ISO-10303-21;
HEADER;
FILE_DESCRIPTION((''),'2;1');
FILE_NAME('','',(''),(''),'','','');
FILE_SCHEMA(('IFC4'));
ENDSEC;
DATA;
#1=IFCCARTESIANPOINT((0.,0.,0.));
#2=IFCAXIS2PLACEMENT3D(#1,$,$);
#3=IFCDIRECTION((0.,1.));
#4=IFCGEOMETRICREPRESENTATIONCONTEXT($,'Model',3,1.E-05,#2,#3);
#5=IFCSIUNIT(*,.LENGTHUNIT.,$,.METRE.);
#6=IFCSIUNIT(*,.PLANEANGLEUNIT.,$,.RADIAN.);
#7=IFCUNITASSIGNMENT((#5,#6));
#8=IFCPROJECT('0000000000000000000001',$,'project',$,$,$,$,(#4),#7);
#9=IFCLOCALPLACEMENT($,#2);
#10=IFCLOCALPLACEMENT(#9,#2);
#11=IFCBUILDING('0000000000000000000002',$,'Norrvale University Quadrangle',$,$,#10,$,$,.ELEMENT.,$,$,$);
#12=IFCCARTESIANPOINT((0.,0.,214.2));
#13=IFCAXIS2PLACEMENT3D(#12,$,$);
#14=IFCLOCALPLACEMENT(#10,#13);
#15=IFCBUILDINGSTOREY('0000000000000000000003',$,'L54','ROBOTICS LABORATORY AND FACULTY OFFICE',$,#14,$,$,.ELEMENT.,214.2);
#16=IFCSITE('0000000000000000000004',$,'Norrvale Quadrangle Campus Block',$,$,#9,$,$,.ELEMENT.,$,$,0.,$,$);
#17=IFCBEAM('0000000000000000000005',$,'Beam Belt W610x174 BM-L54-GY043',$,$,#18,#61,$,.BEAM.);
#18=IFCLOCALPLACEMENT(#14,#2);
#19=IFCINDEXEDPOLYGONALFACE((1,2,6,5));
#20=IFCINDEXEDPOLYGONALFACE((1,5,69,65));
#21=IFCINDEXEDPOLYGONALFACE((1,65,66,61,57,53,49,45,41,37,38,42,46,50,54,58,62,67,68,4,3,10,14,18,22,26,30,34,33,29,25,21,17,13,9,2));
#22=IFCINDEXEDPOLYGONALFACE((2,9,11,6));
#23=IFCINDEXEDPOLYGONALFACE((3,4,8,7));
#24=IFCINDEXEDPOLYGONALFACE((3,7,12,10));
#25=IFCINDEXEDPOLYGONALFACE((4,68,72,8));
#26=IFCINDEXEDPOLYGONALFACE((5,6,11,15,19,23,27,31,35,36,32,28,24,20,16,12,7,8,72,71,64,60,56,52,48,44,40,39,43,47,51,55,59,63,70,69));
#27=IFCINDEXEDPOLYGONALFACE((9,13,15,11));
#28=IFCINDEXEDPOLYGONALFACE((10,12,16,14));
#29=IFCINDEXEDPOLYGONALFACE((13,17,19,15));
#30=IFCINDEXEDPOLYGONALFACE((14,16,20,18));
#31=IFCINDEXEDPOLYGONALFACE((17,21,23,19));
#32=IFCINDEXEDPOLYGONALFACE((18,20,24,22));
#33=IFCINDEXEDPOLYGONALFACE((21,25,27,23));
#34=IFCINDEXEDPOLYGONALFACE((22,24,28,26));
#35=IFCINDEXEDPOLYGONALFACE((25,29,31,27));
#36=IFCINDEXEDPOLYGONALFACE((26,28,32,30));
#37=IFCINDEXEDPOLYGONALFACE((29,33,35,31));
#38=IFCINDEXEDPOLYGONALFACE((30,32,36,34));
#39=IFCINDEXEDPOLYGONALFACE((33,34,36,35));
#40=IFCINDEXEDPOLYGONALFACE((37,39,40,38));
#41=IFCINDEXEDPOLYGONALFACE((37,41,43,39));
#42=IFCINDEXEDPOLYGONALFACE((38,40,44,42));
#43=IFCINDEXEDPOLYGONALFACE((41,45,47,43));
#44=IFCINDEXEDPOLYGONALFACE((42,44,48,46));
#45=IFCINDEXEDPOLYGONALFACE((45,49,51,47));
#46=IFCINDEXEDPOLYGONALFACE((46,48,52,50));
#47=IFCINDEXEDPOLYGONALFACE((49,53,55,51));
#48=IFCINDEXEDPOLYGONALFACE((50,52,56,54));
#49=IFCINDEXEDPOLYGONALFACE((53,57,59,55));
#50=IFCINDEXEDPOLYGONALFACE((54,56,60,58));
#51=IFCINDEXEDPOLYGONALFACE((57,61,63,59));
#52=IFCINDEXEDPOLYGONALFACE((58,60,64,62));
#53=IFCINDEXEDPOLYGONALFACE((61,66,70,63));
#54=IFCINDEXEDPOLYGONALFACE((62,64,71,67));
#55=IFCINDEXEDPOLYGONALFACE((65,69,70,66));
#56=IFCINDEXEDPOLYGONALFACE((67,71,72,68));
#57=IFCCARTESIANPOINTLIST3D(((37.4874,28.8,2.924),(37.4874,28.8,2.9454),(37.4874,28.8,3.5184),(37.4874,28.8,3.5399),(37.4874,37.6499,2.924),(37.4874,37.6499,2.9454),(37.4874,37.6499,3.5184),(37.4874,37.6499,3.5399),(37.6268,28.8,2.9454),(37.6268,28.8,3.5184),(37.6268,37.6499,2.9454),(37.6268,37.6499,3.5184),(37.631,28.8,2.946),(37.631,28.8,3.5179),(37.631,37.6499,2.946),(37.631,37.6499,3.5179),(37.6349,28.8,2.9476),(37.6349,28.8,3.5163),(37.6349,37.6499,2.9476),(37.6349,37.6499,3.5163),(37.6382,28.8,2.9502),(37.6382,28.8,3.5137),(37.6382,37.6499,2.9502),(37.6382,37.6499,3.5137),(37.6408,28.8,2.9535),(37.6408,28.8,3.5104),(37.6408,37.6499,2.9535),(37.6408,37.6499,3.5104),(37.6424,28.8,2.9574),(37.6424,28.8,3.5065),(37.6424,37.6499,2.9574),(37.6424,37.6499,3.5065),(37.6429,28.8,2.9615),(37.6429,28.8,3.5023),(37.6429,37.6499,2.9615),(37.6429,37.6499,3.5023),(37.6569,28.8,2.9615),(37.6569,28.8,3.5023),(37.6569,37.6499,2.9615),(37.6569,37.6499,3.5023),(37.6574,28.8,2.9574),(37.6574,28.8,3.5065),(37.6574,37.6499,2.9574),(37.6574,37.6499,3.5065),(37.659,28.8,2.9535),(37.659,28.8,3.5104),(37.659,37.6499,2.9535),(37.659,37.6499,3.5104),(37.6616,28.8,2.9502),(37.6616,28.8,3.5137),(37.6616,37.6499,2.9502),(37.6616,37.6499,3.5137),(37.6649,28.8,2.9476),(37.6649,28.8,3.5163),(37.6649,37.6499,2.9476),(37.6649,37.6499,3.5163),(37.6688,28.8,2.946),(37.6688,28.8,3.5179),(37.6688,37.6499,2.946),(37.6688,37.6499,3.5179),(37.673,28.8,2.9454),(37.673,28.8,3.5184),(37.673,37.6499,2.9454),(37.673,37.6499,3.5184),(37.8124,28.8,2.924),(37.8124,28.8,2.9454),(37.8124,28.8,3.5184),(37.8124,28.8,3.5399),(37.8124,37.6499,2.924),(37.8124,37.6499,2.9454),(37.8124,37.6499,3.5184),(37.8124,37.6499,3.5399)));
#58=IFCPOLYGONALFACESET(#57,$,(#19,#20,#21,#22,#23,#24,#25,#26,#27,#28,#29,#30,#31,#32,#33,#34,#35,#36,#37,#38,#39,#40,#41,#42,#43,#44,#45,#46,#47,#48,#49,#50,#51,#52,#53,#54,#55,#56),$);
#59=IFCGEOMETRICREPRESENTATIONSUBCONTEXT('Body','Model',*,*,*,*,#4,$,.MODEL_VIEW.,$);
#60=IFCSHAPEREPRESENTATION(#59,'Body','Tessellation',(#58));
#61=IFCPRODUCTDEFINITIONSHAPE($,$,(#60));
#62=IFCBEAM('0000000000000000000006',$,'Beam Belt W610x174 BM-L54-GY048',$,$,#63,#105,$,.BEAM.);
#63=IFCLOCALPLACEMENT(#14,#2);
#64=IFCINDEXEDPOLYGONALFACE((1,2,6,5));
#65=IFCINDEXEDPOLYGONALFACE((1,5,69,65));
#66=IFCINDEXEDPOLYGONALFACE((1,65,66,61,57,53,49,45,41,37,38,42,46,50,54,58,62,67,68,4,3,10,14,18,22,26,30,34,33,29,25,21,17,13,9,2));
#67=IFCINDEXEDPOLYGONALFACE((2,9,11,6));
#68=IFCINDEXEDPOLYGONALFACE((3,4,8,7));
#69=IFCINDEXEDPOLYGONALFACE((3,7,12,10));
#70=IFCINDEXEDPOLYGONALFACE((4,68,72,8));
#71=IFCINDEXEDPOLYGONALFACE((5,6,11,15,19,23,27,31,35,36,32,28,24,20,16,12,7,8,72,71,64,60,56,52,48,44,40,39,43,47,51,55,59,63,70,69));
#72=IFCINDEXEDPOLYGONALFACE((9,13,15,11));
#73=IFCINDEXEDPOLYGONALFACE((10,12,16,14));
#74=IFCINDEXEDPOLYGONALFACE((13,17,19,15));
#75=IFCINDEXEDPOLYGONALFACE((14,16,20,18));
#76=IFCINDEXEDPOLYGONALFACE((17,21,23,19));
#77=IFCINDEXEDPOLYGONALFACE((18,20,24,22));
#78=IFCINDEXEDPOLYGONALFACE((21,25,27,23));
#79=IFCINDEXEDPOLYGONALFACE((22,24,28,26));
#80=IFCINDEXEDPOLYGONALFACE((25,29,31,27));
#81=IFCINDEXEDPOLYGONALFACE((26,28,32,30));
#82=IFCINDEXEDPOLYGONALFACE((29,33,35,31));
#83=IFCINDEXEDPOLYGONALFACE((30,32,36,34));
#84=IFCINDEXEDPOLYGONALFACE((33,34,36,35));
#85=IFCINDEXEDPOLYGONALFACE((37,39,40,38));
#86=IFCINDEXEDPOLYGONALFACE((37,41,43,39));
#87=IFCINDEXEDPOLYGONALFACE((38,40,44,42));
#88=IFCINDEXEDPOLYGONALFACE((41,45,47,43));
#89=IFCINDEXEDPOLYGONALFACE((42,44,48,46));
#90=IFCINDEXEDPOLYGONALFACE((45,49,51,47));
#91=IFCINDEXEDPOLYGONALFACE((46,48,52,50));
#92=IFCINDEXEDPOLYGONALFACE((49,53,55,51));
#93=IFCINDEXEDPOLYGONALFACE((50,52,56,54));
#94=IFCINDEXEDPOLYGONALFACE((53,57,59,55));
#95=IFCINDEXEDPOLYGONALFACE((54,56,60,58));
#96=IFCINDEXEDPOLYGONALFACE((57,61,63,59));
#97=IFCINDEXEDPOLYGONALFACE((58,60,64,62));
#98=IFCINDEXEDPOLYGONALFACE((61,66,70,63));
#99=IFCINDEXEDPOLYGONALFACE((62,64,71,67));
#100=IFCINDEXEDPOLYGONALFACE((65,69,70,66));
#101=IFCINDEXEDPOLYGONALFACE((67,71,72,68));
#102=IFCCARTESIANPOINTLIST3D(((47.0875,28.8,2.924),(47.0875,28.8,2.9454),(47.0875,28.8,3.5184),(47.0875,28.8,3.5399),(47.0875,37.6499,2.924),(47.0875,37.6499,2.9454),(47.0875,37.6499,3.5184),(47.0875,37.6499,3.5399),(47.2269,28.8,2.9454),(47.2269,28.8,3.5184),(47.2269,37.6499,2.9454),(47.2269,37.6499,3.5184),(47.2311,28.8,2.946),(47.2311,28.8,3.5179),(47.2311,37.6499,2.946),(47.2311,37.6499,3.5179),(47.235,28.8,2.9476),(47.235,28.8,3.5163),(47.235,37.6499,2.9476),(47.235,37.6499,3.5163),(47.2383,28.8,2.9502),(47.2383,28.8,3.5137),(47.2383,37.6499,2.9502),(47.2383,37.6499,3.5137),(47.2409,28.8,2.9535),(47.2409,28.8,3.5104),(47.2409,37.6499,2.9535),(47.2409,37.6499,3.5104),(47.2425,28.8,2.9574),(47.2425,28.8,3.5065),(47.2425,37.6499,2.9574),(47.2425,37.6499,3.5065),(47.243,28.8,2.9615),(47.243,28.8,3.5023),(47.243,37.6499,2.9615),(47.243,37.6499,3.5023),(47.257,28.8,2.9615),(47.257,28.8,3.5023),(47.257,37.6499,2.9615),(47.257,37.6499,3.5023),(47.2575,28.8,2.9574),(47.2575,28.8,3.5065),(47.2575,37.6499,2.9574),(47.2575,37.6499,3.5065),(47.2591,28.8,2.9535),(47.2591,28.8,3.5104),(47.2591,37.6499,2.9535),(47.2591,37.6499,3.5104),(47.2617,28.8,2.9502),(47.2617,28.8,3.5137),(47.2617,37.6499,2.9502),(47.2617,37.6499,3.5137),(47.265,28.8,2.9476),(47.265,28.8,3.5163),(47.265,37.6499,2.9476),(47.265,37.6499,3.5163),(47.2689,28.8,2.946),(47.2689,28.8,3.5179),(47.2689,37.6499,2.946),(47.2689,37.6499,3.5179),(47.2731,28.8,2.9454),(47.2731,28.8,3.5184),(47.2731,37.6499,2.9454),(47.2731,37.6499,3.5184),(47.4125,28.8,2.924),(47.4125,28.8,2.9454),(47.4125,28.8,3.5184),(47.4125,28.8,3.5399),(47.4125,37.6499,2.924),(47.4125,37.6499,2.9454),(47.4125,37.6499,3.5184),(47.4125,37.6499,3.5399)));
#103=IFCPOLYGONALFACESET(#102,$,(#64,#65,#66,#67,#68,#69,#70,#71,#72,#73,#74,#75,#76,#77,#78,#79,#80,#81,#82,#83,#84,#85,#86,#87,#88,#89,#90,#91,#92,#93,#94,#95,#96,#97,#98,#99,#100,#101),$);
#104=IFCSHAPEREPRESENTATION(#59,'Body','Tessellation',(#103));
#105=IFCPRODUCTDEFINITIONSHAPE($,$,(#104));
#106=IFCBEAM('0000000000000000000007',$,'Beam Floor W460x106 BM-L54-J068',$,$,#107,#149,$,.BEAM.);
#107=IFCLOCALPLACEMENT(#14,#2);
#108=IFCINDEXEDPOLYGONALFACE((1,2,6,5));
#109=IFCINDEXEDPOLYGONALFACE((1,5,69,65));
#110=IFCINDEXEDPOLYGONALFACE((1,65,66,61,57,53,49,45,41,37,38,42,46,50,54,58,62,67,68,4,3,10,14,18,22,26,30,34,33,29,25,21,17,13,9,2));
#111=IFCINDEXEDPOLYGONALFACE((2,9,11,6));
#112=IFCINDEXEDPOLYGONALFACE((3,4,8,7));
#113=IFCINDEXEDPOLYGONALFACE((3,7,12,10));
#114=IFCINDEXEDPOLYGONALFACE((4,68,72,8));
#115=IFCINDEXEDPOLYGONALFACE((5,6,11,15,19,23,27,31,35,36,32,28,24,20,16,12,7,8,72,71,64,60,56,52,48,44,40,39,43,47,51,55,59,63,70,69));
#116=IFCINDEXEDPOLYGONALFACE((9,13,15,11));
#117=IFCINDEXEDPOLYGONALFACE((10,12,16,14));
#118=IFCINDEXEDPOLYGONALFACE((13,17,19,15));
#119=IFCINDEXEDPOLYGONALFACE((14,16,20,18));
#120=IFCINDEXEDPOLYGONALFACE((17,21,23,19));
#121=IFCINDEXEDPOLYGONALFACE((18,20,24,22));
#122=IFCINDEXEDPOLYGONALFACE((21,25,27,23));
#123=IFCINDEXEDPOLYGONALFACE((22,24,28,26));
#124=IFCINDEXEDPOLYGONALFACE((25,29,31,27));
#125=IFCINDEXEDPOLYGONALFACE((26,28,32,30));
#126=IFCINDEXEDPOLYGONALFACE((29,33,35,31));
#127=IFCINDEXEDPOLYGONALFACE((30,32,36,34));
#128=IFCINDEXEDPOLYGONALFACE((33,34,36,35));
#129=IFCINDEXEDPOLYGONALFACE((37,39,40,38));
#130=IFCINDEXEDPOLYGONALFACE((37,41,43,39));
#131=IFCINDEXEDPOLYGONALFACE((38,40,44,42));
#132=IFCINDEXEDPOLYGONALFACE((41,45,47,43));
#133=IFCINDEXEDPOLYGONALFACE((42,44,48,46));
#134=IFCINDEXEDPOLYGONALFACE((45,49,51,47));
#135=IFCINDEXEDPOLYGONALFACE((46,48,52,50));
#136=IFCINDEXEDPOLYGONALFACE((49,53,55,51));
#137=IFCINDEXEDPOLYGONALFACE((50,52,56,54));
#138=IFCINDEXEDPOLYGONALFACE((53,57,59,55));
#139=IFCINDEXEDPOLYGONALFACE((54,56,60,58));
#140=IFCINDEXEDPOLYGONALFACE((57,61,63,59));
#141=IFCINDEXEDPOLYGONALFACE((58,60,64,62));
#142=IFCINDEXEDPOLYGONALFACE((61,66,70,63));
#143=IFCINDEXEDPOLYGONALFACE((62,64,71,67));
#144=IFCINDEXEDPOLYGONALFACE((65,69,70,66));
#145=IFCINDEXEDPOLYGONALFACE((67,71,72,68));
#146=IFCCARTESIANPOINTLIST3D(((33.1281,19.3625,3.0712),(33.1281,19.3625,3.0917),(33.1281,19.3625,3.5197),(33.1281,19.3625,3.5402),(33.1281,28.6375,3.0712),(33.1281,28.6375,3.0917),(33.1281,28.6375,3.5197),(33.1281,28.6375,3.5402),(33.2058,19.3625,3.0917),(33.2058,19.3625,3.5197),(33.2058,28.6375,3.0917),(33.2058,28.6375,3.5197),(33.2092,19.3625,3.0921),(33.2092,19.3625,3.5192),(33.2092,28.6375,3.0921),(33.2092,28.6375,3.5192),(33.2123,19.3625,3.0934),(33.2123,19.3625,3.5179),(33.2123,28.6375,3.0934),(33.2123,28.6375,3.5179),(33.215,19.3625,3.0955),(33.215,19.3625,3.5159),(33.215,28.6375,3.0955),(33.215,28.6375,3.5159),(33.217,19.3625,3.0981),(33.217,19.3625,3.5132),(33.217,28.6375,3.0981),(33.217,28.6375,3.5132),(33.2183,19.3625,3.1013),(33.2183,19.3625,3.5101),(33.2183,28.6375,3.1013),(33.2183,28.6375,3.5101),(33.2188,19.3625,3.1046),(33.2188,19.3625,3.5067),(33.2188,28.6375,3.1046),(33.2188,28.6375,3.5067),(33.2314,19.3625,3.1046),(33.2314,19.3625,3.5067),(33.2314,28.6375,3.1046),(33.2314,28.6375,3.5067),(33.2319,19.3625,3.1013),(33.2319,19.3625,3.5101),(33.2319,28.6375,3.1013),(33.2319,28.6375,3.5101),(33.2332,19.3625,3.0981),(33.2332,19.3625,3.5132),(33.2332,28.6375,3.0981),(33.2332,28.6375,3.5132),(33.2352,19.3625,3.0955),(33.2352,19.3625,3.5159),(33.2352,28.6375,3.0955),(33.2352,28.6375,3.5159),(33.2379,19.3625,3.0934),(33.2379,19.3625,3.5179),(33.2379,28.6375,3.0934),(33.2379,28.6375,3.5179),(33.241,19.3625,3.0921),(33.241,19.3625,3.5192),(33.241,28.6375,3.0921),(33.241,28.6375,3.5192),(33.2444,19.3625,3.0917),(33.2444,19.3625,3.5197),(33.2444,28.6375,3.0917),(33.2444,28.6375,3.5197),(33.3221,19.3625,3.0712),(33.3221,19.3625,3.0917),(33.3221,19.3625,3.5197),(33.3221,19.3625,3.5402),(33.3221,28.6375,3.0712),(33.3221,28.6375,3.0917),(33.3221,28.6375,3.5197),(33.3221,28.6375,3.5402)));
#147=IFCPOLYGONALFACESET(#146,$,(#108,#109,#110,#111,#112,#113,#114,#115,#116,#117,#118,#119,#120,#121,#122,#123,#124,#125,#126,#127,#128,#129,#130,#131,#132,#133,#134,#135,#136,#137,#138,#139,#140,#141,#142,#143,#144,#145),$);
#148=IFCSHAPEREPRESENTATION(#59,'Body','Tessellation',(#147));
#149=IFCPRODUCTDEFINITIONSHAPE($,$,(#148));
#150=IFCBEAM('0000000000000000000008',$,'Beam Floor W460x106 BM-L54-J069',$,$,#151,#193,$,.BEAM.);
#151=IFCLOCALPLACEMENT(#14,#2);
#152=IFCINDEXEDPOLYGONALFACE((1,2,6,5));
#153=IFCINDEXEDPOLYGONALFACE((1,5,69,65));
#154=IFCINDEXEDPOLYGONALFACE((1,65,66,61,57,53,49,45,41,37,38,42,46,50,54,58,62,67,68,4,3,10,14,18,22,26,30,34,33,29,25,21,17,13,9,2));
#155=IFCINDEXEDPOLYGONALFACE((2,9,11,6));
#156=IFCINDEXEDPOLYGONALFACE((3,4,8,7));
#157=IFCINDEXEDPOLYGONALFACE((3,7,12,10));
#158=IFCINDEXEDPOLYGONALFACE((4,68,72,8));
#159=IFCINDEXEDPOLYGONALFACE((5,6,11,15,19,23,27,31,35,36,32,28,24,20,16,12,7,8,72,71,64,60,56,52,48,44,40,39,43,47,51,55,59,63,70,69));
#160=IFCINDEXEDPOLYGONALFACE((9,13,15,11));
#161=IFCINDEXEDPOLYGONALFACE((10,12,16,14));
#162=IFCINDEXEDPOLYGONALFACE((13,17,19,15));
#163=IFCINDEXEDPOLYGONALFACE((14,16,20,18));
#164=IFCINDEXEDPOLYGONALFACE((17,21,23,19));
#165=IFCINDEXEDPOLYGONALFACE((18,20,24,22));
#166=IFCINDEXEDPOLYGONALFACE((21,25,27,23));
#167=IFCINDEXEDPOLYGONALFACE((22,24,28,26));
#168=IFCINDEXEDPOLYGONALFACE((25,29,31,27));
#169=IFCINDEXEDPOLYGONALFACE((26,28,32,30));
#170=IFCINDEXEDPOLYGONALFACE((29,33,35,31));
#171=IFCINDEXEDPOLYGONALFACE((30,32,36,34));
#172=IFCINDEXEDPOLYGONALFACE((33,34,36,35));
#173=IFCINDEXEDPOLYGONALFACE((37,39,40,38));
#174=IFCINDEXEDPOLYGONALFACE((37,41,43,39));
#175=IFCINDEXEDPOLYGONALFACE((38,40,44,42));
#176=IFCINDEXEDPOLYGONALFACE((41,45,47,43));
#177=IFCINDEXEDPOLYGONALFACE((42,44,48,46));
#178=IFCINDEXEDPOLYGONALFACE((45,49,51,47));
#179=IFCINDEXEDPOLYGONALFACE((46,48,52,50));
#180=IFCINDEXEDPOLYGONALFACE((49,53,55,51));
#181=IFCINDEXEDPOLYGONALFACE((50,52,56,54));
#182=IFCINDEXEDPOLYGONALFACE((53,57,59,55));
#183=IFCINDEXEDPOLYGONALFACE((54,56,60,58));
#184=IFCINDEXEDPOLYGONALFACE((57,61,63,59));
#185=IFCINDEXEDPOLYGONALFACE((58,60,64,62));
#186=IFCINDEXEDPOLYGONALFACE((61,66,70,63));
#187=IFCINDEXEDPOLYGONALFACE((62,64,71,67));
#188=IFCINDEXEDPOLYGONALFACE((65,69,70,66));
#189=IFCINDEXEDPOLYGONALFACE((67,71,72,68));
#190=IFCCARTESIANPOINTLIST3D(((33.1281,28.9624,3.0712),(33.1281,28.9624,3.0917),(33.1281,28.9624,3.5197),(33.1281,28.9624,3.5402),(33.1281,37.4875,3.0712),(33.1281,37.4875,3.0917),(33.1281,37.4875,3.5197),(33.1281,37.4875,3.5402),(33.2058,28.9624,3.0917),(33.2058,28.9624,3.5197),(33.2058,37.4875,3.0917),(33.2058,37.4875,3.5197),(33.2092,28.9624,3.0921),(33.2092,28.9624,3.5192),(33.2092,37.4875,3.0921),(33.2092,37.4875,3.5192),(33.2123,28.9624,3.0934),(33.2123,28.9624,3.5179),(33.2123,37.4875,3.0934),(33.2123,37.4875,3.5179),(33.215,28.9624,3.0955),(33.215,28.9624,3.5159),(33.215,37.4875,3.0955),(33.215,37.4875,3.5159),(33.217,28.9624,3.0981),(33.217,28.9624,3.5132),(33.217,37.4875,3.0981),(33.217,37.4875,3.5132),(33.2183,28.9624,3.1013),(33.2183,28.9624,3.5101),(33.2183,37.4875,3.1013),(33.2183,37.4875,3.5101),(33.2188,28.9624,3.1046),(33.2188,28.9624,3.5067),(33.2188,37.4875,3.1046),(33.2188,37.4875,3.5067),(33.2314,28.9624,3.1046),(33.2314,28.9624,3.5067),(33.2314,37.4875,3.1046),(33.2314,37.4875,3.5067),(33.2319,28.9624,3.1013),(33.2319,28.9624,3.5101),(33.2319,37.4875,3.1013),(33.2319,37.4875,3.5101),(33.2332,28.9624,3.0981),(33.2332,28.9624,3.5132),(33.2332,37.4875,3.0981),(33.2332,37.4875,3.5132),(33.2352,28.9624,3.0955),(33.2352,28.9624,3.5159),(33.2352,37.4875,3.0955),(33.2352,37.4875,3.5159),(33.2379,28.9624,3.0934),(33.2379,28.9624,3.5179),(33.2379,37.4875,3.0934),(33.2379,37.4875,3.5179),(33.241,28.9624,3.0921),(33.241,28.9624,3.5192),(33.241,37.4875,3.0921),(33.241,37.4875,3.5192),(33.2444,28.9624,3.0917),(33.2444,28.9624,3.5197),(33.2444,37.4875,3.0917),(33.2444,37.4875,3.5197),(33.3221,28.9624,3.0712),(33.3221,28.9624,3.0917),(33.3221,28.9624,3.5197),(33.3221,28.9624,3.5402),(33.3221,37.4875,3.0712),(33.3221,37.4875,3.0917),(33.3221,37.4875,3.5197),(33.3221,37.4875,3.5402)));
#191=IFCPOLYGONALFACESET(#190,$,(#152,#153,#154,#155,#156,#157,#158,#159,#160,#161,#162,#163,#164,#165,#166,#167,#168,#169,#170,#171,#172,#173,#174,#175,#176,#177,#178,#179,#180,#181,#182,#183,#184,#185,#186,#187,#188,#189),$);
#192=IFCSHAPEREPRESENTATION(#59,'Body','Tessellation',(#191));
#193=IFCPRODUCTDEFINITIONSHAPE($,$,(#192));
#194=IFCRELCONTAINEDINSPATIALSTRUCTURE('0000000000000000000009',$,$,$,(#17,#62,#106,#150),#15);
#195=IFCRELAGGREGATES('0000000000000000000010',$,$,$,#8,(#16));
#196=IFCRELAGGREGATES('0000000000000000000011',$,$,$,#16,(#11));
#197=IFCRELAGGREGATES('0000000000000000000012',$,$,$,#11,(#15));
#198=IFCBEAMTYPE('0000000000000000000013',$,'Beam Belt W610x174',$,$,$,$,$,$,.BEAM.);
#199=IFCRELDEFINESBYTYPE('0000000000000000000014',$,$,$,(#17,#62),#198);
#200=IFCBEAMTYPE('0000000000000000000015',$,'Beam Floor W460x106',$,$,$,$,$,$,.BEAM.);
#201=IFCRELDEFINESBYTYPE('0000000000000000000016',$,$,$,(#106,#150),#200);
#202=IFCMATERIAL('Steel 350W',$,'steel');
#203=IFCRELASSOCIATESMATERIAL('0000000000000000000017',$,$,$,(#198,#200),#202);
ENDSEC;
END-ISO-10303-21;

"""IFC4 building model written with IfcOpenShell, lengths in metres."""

from ifc_helpers import new_model, si_unit, direction, frame, origin, origin_2d, place, context, subcontext, project, spatial, i_section, extrude, material, material_profile, profile_set, type_object, element, save


model = new_model("IFC4")

# Units and contexts
model_context = context("Model", 3, precision=1e-05, world=origin(), true_north=direction((0.0, 1.0)))
body_context = subcontext(model_context, "Body", "Model", "MODEL_VIEW")
ifc_project = project(units=[si_unit("LENGTHUNIT", "METRE"), si_unit("PLANEANGLEUNIT", "RADIAN")], contexts=[model_context])

# Site, building, storey
site_placement = place(None, origin())
site = spatial("IfcSite", under=ifc_project, at=site_placement, Name="Norrvale Quadrangle Campus Block", CompositionType="ELEMENT", RefElevation=0.0)
building_placement = place(site_placement, origin())
building = spatial("IfcBuilding", under=site, at=building_placement, Name="Norrvale University Quadrangle", CompositionType="ELEMENT")
storey_placement = place(building_placement, frame((0.0, 0.0, 214.2)))
storey = spatial("IfcBuildingStorey", under=building, at=storey_placement, Name="L54", Description="ROBOTICS LABORATORY AND FACULTY OFFICE", CompositionType="ELEMENT", Elevation=214.2)

# Beams
ifc_material_1 = material(Name="Steel 350W", Category="steel")
ifc_material_profile_1 = material_profile(ifc_material_1, i_section(OverallWidth=0.325, OverallDepth=0.616, WebThickness=0.0139, FlangeThickness=0.0215, FilletRadius=0.0161, at=origin_2d()), Name="Steel 350W")
ifc_profile_set_1 = profile_set([ifc_material_profile_1], Name="Steel 350W")
beam_type_1 = type_object("IfcBeamType", Name="Beam Belt W610x174", PredefinedType="BEAM", material=ifc_profile_set_1)
for number, where, z_axis, x_axis, name in (
    (1, (37.6499, 28.8, 3.2319), (0.0, 1.0, 0.0), (-1.0, 0.0, 0.0), "Beam Belt W610x174 BM-L54-GY043"),
    (2, (47.25, 28.8, 3.2319), (0.0, 1.0, 0.0), (-1.0, 0.0, 0.0), "Beam Belt W610x174 BM-L54-GY048"),
):
    element("IfcBeam", number, at=place(storey_placement, frame(where, z_axis=z_axis, x_axis=x_axis)), inside=storey, type_object=beam_type_1, Name=name, PredefinedType="BEAM", context=body_context, shape_type="SweptSolid", body=[
        extrude(i_section(OverallWidth=0.325, OverallDepth=0.616, WebThickness=0.0139, FlangeThickness=0.0215, FilletRadius=0.0161, at=origin_2d()), origin(), (0.0, 0.0, 1.0), 8.8499),
    ])
ifc_material_profile_2 = material_profile(ifc_material_1, i_section(OverallWidth=0.1941, OverallDepth=0.469, WebThickness=0.0127, FlangeThickness=0.0205, FilletRadius=0.0129, at=origin_2d()), Name="Steel 350W")
ifc_profile_set_2 = profile_set([ifc_material_profile_2], Name="Steel 350W")
beam_type_2 = type_object("IfcBeamType", Name="Beam Floor W460x106", PredefinedType="BEAM", material=ifc_profile_set_2)
beam_1_placement = place(storey_placement, frame((33.2251, 19.3625, 3.3057), z_axis=(0.0, 1.0, 0.0), x_axis=(-1.0, 0.0, 0.0)))
element("IfcBeam", 3, at=beam_1_placement, inside=storey, type_object=beam_type_2, Name="Beam Floor W460x106 BM-L54-J068", PredefinedType="BEAM", context=body_context, shape_type="SweptSolid", body=[
    extrude(i_section(OverallWidth=0.1941, OverallDepth=0.469, WebThickness=0.0127, FlangeThickness=0.0205, FilletRadius=0.0129, at=origin_2d()), origin(), (0.0, 0.0, 1.0), 9.2749),
])
beam_2_placement = place(storey_placement, frame((33.2251, 28.9624, 3.3057), z_axis=(0.0, 1.0, 0.0), x_axis=(-1.0, 0.0, 0.0)))
element("IfcBeam", 4, at=beam_2_placement, inside=storey, type_object=beam_type_2, Name="Beam Floor W460x106 BM-L54-J069", PredefinedType="BEAM", context=body_context, shape_type="SweptSolid", body=[
    extrude(i_section(OverallWidth=0.1941, OverallDepth=0.469, WebThickness=0.0127, FlangeThickness=0.0205, FilletRadius=0.0129, at=origin_2d()), origin(), (0.0, 0.0, 1.0), 8.5251),
])

save(model, "model.ifc")
